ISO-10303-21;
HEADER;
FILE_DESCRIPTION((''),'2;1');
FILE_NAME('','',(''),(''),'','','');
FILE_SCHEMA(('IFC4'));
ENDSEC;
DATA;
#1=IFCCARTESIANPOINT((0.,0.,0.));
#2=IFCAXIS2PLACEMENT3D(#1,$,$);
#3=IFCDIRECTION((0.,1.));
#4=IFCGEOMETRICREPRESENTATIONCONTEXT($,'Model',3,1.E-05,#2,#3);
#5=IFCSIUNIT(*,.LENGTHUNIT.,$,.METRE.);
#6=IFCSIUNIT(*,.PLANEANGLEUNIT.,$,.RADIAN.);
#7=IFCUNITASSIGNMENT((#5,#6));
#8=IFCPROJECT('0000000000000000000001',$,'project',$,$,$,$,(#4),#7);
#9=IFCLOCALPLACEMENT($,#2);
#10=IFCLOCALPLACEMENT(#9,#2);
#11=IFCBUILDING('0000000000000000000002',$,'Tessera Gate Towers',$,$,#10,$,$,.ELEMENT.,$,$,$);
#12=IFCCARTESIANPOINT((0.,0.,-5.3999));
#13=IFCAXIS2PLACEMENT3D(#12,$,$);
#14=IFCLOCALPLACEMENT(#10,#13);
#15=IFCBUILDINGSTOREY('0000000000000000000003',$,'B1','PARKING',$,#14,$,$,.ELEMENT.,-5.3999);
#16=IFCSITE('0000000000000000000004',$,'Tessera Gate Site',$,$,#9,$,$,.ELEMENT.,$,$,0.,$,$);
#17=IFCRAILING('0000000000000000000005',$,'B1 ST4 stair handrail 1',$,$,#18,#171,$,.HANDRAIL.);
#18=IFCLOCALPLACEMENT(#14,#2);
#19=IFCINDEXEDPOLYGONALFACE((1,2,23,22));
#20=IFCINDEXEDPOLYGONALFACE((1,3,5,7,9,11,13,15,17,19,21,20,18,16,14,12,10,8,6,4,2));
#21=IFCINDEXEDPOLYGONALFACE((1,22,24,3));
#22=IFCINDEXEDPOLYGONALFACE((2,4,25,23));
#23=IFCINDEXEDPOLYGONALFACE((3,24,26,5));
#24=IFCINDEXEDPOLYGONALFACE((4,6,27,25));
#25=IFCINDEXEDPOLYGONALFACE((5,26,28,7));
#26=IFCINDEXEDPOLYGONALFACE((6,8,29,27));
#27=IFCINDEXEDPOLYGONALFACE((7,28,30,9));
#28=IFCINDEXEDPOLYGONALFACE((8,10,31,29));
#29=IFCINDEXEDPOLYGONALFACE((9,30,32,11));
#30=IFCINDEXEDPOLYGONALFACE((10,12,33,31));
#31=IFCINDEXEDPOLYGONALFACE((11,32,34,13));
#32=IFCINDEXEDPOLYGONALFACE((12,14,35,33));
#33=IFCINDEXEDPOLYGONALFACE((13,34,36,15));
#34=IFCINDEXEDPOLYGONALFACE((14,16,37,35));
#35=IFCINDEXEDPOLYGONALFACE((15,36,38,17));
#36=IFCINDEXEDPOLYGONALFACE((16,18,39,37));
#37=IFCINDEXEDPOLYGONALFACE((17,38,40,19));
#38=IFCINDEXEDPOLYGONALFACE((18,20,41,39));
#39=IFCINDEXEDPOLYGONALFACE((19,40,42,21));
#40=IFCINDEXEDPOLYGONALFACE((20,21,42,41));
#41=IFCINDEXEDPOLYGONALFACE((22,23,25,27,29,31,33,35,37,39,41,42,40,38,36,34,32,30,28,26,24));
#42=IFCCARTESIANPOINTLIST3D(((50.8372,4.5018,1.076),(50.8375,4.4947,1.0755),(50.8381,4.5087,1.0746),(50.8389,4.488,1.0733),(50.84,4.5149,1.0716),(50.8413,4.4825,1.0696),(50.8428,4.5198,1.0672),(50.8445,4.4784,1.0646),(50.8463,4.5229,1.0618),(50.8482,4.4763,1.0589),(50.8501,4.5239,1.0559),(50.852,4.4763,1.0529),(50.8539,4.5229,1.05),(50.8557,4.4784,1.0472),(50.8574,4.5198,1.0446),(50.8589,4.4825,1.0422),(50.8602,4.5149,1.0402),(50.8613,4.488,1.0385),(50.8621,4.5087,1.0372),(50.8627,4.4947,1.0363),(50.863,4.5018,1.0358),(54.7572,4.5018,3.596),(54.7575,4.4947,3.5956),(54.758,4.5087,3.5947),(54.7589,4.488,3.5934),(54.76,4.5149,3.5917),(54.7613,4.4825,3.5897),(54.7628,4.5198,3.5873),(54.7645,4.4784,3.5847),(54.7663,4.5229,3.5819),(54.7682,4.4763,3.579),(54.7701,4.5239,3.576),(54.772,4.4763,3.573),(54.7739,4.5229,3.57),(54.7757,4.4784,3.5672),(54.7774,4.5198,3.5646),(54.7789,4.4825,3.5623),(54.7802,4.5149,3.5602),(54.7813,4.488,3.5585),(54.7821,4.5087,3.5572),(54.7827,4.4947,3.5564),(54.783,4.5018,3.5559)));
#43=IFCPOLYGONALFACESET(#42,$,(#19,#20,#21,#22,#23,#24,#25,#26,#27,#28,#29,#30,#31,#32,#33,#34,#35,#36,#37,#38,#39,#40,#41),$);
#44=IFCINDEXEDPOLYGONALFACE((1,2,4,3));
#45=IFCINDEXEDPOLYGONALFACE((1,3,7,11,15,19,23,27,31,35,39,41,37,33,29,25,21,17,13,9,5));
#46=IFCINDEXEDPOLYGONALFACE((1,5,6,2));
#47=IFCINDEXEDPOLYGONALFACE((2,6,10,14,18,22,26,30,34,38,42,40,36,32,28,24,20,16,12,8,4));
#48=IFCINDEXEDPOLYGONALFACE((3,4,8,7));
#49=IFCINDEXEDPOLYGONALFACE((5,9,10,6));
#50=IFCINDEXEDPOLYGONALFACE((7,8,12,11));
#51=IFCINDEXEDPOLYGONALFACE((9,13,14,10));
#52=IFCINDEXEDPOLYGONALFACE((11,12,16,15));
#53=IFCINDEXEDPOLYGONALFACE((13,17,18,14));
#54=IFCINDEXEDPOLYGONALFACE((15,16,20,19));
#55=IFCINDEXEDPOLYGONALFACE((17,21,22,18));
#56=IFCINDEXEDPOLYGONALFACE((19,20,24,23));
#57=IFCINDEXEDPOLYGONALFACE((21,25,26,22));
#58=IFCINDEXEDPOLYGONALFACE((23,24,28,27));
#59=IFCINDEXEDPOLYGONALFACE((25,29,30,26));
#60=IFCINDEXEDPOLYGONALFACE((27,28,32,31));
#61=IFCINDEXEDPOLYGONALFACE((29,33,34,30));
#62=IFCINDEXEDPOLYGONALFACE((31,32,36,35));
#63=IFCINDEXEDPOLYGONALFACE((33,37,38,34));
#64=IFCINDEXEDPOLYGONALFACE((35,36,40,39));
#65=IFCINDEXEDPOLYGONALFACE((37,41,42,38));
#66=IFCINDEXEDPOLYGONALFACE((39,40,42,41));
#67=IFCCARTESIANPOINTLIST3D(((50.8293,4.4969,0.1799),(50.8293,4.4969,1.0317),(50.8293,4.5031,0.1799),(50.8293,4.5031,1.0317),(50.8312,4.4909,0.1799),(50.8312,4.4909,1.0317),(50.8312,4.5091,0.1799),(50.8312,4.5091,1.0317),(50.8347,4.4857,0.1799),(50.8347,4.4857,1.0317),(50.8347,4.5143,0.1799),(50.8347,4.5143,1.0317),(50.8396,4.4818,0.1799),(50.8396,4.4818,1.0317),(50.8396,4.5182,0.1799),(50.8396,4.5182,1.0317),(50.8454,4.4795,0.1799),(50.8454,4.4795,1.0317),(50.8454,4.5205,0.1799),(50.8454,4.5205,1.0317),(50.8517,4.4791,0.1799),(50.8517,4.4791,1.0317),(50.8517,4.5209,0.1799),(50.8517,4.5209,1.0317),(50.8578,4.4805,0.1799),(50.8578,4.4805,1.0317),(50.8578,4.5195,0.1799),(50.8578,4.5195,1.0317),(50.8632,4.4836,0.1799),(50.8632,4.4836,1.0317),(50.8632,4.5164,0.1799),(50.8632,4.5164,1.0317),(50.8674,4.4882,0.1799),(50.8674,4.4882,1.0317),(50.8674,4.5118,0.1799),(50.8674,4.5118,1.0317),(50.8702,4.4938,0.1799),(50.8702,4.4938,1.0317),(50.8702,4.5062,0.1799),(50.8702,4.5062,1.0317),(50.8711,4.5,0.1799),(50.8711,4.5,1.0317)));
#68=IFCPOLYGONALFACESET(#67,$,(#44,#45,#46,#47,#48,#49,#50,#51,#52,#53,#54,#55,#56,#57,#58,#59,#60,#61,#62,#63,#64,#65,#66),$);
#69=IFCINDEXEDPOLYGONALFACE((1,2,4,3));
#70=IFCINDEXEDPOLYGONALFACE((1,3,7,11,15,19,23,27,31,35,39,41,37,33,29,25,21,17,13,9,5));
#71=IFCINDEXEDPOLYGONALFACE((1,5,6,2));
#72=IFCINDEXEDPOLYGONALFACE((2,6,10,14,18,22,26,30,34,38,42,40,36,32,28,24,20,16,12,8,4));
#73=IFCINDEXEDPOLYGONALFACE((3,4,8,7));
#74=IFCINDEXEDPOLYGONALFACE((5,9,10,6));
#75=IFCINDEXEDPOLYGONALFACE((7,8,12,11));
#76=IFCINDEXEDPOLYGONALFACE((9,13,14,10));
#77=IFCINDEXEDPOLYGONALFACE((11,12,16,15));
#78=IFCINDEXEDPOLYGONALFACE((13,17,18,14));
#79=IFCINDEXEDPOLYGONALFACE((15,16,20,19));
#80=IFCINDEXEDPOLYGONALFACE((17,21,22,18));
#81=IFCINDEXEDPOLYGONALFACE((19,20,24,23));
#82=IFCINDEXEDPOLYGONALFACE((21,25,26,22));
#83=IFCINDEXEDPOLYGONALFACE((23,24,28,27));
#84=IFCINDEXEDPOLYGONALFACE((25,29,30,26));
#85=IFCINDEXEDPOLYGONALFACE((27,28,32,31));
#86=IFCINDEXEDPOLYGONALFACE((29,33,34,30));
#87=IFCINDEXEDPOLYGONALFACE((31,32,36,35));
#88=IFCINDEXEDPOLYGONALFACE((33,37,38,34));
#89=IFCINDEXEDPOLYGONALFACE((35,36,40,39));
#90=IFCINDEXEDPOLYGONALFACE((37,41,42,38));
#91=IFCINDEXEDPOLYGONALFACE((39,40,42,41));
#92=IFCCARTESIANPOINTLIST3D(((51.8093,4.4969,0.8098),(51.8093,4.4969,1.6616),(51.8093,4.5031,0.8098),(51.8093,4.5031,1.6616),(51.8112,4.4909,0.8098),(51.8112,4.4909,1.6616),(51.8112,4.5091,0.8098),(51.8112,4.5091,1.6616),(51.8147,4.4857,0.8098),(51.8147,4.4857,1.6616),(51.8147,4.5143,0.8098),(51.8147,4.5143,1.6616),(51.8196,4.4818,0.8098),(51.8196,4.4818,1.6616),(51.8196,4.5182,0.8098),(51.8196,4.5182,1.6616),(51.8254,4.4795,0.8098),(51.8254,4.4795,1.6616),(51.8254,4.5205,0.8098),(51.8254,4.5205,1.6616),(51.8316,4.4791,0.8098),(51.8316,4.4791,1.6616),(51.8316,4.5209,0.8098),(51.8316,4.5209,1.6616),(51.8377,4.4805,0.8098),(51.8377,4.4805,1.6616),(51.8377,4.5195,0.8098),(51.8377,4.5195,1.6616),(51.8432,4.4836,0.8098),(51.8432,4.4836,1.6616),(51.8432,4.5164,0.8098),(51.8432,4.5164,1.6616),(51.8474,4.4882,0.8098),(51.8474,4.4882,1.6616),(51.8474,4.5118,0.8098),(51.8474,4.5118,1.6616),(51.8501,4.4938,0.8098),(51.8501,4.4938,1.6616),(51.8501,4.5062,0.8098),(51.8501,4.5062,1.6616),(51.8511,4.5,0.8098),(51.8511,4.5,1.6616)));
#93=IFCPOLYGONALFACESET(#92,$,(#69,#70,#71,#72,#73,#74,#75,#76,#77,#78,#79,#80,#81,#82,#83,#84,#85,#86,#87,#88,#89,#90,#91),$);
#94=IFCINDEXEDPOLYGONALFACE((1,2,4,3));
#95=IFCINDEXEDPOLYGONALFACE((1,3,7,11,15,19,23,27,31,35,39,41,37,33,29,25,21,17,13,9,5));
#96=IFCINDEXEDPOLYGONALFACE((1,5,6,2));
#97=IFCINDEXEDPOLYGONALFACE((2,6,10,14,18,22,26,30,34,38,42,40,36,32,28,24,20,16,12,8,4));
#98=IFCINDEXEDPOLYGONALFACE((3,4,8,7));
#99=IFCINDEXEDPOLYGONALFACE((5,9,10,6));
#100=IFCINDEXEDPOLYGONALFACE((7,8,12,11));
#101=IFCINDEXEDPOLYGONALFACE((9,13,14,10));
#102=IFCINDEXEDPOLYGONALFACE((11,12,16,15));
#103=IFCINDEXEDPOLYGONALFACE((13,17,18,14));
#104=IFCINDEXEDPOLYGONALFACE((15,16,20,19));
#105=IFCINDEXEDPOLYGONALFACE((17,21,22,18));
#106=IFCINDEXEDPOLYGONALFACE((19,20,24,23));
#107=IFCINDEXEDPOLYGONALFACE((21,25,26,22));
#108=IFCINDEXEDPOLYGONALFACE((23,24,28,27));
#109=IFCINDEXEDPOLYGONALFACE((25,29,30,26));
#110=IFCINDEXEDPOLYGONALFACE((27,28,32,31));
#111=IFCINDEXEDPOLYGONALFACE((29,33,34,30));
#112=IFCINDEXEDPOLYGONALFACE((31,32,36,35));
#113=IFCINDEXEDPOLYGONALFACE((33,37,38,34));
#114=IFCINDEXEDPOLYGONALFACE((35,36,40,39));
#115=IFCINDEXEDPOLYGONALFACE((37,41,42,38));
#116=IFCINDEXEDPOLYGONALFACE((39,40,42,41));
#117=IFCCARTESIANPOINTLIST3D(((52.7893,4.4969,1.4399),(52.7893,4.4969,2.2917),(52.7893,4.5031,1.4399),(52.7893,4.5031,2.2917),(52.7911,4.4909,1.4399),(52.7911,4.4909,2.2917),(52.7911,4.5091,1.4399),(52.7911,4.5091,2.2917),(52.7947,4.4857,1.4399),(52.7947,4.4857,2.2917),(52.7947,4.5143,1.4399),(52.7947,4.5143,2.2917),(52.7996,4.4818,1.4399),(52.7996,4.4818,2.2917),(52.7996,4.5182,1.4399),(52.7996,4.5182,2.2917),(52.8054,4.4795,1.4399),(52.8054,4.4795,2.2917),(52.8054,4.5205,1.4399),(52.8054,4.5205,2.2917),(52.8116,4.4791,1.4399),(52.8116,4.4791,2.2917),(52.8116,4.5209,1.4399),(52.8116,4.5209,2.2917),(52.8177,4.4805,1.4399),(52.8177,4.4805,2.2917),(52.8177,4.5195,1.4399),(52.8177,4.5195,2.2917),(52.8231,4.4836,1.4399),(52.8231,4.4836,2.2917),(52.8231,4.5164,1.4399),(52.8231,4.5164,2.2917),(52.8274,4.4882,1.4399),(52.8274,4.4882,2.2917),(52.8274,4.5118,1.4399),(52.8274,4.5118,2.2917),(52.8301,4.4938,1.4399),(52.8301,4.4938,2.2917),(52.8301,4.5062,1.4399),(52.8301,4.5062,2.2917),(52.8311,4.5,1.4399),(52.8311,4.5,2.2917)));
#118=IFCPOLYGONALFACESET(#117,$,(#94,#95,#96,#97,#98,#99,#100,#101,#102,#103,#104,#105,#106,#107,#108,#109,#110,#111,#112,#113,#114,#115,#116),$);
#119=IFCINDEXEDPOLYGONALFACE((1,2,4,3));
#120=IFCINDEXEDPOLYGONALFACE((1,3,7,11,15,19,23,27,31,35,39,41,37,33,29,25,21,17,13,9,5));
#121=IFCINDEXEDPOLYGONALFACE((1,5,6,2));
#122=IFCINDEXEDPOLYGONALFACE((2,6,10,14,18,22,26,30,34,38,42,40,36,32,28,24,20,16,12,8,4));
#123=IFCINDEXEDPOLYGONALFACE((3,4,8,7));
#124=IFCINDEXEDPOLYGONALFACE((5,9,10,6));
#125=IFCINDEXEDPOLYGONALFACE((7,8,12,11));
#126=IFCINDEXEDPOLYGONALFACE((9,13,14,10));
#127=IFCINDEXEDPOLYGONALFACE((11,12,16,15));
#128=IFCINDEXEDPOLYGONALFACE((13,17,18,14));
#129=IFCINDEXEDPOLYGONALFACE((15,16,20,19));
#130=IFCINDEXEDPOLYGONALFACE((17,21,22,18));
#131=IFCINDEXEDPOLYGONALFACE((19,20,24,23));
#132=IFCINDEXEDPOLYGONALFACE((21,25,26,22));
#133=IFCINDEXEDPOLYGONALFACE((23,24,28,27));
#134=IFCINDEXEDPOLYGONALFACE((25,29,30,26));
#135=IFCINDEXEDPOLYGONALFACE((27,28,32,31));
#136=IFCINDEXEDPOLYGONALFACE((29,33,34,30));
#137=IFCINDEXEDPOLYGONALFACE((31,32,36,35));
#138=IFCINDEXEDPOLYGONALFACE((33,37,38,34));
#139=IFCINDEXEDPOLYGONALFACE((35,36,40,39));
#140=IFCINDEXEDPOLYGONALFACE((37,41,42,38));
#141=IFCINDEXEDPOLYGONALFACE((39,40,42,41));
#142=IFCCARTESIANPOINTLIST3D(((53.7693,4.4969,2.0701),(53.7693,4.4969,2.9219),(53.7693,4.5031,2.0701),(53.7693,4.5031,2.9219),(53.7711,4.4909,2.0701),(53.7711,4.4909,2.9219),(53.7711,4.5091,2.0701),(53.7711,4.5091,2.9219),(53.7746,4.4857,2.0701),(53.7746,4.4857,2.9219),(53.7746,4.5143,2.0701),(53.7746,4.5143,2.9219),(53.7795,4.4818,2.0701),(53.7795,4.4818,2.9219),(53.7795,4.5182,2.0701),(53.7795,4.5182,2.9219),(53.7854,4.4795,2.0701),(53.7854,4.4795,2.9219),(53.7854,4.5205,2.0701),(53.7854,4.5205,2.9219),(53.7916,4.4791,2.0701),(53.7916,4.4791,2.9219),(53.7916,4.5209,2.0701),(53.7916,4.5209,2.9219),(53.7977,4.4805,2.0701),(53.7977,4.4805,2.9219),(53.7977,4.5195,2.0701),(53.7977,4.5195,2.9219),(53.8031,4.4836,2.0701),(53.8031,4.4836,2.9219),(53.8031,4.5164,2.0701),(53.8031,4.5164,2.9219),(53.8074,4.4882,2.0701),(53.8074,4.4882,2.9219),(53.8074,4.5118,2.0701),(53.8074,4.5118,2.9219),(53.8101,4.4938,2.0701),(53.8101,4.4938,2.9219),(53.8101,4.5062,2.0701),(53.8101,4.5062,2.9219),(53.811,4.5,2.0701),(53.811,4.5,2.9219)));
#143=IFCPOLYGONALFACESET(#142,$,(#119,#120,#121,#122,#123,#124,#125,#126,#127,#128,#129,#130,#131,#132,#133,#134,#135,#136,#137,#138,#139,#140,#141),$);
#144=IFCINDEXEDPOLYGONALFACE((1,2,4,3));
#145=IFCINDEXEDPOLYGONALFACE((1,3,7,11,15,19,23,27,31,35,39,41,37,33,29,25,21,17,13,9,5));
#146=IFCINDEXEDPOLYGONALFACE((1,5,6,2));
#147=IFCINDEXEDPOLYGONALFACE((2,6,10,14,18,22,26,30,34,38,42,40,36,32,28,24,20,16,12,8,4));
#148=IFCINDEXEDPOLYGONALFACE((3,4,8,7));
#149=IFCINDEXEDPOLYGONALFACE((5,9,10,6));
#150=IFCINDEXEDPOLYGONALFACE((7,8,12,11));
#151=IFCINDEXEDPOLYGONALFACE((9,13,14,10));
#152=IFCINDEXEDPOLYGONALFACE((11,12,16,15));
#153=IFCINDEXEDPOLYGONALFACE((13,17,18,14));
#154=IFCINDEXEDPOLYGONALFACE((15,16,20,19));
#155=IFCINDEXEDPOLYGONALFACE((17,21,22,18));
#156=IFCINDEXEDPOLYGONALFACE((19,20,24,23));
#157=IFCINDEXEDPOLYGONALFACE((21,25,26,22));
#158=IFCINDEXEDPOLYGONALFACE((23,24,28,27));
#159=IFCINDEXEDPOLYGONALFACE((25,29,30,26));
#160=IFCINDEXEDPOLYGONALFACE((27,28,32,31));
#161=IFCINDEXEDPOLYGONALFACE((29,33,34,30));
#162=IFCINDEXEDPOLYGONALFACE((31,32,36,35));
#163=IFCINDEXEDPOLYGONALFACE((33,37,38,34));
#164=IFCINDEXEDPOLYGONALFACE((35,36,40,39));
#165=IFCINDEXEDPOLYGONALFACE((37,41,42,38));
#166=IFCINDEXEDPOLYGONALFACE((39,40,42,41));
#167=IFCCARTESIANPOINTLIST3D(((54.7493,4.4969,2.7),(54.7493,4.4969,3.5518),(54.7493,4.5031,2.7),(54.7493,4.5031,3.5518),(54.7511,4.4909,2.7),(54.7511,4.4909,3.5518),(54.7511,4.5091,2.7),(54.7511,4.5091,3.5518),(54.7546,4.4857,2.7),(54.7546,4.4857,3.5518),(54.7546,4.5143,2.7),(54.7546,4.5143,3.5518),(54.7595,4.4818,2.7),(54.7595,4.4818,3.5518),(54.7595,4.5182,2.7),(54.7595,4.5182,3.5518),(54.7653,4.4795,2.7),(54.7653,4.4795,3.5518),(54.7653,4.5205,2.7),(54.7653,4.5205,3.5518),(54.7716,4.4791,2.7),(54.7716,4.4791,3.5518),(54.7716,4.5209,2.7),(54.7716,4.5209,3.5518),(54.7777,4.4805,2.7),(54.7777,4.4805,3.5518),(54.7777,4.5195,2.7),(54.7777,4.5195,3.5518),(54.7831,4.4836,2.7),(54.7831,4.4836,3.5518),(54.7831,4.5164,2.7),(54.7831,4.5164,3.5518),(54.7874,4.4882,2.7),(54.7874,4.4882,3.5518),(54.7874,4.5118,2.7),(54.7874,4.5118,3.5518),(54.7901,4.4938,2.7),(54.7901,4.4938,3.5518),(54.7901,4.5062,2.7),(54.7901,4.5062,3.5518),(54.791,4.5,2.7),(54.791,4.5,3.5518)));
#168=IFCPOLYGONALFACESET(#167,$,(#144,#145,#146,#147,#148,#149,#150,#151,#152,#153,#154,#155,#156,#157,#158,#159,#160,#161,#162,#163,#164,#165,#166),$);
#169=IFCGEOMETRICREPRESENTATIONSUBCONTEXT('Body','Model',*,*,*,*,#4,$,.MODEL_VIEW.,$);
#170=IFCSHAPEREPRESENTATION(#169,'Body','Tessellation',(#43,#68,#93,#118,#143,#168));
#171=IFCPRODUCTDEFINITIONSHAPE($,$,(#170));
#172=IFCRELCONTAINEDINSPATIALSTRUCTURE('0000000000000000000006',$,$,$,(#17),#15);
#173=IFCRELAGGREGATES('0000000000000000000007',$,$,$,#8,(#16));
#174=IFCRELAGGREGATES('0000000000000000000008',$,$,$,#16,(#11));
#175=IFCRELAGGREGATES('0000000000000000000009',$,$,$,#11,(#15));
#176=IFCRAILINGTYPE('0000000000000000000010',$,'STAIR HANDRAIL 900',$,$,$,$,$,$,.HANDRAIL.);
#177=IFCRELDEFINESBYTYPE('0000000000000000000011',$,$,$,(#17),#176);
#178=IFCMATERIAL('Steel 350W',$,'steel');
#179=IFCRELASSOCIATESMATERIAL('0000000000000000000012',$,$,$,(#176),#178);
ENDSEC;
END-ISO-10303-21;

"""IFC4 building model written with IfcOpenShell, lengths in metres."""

from ifc_helpers import new_model, si_unit, direction, frame, origin, origin_2d, place, context, subcontext, project, spatial, circle, extrude, material, type_object, element, save


model = new_model("IFC4")

# Units and contexts
model_context = context("Model", 3, precision=1e-05, world=origin(), true_north=direction((0.0, 1.0)))
body_context = subcontext(model_context, "Body", "Model", "MODEL_VIEW")
ifc_project = project(units=[si_unit("LENGTHUNIT", "METRE"), si_unit("PLANEANGLEUNIT", "RADIAN")], contexts=[model_context])

# Site, building, storey
site_placement = place(None, origin())
site = spatial("IfcSite", under=ifc_project, at=site_placement, Name="Tessera Gate Site", CompositionType="ELEMENT", RefElevation=0.0)
building_placement = place(site_placement, origin())
building = spatial("IfcBuilding", under=site, at=building_placement, Name="Tessera Gate Towers", CompositionType="ELEMENT")
storey_placement = place(building_placement, frame((0.0, 0.0, -5.3999)))
storey = spatial("IfcBuildingStorey", under=building, at=storey_placement, Name="B1", Description="PARKING", CompositionType="ELEMENT", Elevation=-5.3999)

# Railing
ifc_material_1 = material(Name="Steel 350W", Category="steel")
railing_type_1 = type_object("IfcRailingType", Name="STAIR HANDRAIL 900", PredefinedType="HANDRAIL", material=ifc_material_1)
railing_1_placement = place(storey_placement, frame((50.8501, 4.5, 0.1799)))
element("IfcRailing", 1, at=railing_1_placement, inside=storey, type_object=railing_type_1, Name="B1 ST4 stair handrail 1", PredefinedType="HANDRAIL", context=body_context, shape_type="SweptSolid", body=[
    extrude(circle(Radius=0.0239, at=origin_2d()), frame((0.0, 0.0, 0.876), z_axis=(0.841172, 0.0, 0.540768), x_axis=(0.0, 1.0, 0.0)), (0.0, 0.0, 1.0), 4.6602),
    extrude(circle(Radius=0.021, at=origin_2d()), origin(), (0.0, 0.0, 1.0), 0.8518),
    extrude(circle(Radius=0.021, at=origin_2d()), frame((0.98, 0.0, 0.6299)), (0.0, 0.0, 1.0), 0.8518),
    extrude(circle(Radius=0.021, at=origin_2d()), frame((1.96, 0.0, 1.26)), (0.0, 0.0, 1.0), 0.8518),
    extrude(circle(Radius=0.021, at=origin_2d()), frame((2.9399, 0.0, 1.8901)), (0.0, 0.0, 1.0), 0.8518),
    extrude(circle(Radius=0.021, at=origin_2d()), frame((3.9199, 0.0, 2.52)), (0.0, 0.0, 1.0), 0.8518),
])

save(model, "model.ifc")
